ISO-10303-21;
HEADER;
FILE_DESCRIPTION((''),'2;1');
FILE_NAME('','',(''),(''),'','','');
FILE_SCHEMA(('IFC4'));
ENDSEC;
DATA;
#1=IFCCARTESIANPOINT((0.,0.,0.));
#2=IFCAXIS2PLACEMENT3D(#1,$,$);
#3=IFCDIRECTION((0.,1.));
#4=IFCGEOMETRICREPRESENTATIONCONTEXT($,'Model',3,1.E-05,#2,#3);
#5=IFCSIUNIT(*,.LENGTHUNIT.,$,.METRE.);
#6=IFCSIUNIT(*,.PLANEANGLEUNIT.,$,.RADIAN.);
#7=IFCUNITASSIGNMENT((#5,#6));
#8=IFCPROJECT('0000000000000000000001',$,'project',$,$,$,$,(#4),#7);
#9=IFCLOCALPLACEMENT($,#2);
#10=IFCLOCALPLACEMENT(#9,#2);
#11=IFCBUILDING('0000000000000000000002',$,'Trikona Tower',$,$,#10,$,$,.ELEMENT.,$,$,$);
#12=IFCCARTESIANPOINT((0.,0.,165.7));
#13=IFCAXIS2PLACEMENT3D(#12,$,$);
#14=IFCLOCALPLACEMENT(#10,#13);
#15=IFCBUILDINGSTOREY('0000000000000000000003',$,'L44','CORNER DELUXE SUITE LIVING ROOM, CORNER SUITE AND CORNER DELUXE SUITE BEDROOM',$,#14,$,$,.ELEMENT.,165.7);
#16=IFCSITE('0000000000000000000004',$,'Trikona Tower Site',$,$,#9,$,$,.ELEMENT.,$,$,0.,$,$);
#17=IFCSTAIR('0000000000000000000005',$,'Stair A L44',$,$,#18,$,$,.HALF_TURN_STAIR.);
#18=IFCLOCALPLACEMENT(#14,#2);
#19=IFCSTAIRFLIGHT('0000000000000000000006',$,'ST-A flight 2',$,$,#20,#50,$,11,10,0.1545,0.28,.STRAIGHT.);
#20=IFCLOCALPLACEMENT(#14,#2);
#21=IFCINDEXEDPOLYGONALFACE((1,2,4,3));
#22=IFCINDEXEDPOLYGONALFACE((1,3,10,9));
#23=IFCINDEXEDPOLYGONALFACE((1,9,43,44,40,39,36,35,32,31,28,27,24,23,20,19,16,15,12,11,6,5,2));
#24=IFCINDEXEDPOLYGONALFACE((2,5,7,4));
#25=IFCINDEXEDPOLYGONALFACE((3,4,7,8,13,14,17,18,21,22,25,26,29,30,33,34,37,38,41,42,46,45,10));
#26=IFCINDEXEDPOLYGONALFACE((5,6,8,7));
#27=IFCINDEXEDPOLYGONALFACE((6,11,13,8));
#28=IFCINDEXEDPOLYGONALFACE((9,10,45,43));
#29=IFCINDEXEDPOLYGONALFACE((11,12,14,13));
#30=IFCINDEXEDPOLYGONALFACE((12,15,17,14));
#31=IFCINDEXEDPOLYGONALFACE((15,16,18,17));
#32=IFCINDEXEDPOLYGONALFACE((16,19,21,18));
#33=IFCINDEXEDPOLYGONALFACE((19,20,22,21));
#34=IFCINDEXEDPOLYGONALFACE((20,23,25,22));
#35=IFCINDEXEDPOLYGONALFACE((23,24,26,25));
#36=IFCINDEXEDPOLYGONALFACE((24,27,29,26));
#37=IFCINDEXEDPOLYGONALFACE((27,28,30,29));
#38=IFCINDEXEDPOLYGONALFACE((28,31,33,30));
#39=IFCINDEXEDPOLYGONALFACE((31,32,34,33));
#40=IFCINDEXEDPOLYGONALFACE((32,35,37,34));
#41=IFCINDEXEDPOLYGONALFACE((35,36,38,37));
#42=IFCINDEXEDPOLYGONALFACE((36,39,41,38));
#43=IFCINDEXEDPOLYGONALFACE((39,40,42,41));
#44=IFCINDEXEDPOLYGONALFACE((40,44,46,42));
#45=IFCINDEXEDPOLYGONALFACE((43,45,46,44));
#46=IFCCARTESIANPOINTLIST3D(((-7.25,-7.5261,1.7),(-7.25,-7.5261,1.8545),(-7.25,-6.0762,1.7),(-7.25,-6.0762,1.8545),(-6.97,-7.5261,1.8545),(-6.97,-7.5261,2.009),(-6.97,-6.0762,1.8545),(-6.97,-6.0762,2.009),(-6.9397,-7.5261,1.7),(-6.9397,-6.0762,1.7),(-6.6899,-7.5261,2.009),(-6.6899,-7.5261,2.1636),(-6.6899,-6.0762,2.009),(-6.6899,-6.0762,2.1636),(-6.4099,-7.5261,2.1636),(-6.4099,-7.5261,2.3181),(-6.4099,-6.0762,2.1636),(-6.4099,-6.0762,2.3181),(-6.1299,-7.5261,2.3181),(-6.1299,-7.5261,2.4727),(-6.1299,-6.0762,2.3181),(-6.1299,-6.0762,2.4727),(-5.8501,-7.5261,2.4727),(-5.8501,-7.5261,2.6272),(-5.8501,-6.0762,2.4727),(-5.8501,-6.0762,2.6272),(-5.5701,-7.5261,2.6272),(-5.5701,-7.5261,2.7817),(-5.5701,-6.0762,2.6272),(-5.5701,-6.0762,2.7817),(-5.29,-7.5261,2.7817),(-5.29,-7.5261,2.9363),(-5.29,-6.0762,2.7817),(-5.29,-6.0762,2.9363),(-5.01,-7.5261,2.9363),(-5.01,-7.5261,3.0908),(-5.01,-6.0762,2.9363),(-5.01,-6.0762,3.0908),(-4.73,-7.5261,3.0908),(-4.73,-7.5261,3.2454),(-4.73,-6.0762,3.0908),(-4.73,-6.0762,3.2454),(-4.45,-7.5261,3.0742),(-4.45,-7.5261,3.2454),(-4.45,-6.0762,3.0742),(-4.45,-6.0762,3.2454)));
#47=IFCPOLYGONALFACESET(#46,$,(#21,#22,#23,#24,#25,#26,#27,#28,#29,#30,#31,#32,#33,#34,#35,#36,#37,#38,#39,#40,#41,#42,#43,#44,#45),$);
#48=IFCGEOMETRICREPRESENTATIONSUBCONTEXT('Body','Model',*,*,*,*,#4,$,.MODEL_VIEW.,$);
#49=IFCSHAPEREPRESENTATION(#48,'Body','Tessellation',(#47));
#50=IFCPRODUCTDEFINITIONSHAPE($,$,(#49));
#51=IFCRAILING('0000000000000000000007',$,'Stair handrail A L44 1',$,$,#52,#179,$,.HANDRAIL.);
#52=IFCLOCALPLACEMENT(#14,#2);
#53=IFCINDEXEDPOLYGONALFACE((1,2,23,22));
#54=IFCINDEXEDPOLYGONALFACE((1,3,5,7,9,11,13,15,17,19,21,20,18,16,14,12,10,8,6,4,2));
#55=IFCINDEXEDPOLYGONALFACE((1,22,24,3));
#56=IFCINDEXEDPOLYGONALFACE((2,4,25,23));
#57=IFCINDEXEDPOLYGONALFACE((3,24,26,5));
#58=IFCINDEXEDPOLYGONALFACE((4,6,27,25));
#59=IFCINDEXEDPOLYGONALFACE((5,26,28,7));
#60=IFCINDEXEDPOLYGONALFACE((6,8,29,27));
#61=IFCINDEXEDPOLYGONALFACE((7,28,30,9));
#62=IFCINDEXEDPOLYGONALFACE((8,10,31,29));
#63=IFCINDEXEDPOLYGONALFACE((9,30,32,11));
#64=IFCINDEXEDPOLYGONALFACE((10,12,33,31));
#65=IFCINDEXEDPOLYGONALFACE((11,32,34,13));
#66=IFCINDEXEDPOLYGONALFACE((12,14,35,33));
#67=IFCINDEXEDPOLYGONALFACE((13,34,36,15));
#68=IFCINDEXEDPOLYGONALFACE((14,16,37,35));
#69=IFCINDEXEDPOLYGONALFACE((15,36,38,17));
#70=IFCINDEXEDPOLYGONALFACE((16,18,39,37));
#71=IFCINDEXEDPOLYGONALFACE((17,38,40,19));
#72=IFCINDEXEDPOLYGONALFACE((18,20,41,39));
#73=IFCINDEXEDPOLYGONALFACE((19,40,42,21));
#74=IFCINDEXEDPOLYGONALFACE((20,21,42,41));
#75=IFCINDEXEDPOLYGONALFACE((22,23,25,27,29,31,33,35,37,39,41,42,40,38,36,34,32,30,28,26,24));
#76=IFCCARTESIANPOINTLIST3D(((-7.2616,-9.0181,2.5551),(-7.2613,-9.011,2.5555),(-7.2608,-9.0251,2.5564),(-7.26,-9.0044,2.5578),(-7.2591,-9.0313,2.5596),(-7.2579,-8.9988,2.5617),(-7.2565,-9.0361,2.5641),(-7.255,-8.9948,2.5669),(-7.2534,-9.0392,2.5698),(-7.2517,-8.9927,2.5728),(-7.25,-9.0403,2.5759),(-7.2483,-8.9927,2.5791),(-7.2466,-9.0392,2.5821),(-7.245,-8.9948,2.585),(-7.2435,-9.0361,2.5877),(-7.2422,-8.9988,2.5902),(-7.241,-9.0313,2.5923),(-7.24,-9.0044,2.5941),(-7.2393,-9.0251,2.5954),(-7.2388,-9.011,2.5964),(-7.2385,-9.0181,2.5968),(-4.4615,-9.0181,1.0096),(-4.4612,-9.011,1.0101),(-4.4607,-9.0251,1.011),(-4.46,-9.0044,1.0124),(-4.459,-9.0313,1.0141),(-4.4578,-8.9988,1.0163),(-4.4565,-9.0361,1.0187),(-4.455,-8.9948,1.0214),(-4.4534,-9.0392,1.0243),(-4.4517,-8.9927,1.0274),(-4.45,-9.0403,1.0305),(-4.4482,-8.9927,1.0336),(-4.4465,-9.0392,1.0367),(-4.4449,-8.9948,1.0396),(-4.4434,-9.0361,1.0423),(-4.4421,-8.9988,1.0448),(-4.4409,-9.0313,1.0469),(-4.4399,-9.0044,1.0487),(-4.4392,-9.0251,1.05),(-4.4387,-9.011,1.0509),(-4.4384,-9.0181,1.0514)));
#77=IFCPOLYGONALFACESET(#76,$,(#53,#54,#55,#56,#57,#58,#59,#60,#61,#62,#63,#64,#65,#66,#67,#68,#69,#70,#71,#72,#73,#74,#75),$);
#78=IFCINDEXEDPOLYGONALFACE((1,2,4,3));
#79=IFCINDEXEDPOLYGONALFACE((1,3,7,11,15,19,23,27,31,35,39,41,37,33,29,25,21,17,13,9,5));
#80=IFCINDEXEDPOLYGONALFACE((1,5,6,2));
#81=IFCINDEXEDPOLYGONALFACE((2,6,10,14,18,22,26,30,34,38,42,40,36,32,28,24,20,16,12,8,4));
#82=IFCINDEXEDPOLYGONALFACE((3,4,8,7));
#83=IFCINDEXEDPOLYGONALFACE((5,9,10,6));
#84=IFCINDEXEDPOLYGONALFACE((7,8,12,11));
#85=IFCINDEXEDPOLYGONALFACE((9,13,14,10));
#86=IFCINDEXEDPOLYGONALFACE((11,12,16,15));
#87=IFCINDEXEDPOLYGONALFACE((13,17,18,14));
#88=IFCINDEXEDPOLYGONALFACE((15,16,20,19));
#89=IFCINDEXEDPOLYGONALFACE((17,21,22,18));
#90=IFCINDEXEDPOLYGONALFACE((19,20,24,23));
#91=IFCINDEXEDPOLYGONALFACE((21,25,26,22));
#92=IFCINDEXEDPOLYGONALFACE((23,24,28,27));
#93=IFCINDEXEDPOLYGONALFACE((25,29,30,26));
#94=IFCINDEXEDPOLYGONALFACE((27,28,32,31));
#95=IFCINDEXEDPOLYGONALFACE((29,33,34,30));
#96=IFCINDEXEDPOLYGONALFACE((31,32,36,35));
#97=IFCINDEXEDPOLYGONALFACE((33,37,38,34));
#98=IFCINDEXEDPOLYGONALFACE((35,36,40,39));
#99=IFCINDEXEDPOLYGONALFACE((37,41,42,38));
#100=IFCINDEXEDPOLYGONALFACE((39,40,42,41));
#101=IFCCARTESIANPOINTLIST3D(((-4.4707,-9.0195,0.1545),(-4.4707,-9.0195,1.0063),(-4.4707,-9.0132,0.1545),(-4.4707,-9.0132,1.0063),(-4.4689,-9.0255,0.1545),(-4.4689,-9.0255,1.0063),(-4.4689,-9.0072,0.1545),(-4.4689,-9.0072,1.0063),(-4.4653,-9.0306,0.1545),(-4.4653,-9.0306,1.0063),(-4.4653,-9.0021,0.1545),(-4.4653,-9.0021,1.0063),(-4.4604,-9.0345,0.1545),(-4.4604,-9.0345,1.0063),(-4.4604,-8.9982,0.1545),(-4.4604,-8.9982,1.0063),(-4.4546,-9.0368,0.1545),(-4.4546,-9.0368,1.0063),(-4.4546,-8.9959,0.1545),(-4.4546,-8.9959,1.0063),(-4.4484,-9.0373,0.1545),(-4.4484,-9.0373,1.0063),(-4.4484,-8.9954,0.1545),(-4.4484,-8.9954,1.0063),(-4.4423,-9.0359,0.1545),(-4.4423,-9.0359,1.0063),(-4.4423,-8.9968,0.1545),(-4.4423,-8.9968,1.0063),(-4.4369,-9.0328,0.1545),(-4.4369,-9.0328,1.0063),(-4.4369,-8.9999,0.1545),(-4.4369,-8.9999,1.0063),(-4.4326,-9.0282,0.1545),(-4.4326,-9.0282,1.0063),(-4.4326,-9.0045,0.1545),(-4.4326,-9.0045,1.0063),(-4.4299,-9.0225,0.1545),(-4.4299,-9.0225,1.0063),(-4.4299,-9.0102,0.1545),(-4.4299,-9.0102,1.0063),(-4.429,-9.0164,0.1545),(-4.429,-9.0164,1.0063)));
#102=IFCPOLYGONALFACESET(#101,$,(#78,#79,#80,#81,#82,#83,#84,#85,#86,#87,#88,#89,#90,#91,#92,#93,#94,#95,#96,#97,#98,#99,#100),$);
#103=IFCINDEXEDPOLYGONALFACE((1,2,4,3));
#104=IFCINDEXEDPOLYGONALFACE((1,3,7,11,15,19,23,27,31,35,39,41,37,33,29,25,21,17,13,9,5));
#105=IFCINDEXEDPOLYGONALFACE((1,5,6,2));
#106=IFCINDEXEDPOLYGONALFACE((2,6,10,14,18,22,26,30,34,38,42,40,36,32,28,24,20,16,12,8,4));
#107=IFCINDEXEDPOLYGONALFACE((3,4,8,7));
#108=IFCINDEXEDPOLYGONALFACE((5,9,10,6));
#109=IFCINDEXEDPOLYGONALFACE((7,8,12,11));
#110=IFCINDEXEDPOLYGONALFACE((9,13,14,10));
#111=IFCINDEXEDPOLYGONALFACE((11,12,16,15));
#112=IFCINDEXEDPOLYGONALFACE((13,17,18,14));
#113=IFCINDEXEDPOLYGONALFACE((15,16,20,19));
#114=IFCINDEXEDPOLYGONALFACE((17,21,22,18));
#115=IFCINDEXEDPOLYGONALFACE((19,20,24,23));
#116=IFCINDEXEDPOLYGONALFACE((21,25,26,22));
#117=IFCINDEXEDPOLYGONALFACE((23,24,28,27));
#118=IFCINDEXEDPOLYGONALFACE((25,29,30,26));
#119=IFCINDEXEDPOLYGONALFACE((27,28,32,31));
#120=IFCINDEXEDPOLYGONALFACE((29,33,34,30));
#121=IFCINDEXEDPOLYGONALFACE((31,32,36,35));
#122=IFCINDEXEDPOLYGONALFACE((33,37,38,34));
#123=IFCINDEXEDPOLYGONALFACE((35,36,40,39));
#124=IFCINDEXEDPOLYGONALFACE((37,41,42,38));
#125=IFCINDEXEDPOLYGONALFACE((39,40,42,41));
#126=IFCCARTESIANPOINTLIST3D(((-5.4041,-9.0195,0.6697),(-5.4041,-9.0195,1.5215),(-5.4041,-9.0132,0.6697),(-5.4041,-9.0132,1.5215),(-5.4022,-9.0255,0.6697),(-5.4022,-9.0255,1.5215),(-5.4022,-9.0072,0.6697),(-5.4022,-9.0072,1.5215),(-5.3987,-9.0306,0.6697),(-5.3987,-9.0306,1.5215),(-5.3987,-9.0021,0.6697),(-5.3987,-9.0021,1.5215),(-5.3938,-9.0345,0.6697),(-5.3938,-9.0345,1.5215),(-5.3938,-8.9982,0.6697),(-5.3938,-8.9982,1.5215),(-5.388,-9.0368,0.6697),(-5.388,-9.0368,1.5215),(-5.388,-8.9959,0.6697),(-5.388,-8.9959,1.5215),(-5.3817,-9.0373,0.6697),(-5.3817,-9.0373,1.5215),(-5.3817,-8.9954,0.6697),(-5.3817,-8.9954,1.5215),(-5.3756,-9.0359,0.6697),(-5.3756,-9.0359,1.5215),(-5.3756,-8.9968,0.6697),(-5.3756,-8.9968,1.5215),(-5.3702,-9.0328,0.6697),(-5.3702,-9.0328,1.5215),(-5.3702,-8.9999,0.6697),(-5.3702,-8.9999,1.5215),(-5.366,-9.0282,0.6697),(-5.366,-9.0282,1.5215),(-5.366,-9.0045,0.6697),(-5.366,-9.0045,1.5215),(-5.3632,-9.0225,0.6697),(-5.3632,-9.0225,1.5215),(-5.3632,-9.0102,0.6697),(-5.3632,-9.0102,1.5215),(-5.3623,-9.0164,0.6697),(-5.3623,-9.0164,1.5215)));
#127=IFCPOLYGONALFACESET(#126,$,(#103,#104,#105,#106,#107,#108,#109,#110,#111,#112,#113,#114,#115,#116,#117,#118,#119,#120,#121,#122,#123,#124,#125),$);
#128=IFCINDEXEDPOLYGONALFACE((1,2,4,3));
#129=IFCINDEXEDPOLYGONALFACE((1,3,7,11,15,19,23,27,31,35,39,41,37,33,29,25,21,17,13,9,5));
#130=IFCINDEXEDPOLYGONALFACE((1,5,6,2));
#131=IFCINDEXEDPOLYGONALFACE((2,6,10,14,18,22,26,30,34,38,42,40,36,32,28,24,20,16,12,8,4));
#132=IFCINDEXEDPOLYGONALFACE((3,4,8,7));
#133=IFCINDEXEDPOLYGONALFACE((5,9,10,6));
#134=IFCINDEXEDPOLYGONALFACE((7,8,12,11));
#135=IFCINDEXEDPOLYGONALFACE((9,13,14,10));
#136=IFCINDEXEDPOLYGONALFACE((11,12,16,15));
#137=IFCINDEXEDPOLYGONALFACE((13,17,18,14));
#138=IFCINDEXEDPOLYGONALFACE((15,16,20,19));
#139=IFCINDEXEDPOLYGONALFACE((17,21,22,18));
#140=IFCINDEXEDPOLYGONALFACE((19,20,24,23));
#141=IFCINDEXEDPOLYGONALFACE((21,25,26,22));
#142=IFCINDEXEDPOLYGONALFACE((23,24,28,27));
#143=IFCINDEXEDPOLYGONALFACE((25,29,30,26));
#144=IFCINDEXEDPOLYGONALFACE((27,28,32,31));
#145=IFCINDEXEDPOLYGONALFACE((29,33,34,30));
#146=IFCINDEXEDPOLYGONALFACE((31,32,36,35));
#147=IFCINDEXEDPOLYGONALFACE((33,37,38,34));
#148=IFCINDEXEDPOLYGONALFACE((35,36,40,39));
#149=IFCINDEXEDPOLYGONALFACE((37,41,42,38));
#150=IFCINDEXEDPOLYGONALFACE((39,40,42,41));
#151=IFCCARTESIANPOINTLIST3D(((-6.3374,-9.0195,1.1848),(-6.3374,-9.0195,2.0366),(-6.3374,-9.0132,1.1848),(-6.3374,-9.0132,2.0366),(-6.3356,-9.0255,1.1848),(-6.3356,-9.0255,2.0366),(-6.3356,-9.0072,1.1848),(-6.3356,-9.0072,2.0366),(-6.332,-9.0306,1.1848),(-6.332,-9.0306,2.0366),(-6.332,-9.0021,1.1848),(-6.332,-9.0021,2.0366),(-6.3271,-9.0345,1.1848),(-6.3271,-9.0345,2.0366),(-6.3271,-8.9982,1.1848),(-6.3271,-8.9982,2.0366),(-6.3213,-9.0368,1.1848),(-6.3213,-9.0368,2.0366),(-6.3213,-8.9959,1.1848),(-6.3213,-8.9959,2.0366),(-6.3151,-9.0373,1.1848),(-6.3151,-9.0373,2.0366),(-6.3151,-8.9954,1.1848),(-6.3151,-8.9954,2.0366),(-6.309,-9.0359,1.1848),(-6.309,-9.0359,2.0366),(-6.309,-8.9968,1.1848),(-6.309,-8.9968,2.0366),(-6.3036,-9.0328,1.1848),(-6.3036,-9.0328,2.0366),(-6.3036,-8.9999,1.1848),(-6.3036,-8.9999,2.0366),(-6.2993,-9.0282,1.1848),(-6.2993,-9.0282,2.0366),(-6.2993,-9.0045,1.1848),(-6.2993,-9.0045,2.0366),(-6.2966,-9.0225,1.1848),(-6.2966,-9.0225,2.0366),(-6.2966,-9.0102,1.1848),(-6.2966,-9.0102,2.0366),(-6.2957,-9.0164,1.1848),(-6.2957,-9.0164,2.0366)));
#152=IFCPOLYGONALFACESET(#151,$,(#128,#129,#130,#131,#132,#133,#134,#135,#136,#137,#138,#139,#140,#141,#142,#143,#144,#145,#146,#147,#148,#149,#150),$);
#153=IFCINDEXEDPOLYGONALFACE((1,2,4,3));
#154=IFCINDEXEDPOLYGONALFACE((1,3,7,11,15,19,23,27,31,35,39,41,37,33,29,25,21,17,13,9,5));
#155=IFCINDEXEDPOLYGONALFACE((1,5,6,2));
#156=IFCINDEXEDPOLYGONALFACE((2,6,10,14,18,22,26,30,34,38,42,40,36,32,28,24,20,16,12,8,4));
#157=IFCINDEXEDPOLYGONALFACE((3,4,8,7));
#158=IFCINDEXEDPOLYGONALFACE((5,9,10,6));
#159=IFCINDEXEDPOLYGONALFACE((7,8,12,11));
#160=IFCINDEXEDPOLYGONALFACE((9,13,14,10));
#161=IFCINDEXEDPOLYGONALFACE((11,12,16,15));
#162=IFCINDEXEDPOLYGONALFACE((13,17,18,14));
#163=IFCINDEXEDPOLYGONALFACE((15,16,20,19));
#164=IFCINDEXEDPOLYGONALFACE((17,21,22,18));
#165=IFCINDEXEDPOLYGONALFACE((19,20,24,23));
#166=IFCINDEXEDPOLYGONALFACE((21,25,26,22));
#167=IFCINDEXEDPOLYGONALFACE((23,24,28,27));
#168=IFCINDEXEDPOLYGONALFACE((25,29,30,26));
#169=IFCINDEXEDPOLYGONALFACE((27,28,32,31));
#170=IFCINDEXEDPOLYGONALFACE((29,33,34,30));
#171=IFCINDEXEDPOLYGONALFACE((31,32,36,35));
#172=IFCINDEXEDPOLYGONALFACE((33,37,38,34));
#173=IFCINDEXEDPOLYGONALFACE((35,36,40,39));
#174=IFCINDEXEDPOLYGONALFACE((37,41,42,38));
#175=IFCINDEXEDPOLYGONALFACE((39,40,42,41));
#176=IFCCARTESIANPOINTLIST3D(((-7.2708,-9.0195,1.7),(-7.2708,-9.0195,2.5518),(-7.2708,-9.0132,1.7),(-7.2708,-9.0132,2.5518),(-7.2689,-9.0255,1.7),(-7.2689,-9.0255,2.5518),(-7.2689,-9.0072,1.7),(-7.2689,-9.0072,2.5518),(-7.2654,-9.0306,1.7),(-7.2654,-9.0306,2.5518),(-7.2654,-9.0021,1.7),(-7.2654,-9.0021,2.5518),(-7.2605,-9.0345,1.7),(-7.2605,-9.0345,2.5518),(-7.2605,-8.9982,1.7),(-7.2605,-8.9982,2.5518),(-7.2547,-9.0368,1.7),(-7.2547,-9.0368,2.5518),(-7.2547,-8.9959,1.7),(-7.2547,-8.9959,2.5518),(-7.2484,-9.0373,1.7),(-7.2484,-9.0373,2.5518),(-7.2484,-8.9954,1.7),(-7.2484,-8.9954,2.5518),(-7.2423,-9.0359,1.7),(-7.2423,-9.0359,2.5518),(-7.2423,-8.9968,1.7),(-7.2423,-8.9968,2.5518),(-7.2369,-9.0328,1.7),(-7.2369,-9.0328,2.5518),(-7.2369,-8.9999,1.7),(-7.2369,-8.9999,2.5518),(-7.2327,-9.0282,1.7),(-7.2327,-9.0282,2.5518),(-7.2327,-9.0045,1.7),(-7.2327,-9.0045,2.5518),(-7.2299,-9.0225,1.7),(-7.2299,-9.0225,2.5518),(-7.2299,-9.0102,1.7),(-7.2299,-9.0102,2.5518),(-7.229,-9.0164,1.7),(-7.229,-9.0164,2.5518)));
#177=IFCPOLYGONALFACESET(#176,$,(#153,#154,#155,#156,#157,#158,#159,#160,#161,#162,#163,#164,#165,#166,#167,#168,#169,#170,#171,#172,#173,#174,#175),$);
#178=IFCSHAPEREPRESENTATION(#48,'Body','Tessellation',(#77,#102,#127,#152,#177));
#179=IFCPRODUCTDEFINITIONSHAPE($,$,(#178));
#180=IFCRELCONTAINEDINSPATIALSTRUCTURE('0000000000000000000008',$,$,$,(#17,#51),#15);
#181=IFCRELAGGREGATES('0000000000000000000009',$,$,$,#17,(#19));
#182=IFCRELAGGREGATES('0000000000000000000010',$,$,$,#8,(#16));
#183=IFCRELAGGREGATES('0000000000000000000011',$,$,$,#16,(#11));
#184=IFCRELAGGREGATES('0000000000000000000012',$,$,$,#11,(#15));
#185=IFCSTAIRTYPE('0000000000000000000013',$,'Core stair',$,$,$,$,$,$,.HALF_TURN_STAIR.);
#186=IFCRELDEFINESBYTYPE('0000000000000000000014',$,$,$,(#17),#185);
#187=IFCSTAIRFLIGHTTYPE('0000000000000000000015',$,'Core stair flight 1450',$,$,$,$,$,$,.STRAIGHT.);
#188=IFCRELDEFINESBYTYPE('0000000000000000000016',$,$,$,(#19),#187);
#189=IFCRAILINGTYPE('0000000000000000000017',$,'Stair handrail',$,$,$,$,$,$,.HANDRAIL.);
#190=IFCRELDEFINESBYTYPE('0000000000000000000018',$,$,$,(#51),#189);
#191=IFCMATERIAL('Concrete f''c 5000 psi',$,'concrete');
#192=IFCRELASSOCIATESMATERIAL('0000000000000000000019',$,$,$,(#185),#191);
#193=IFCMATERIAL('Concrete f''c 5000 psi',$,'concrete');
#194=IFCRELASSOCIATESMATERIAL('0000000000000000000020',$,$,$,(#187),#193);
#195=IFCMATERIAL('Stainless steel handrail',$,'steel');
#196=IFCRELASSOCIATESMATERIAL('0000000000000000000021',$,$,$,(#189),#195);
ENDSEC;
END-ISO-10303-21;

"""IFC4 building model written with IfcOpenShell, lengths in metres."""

from ifc_helpers import new_model, si_unit, direction, frame, origin, origin_2d, place, context, subcontext, project, spatial, polyline, circle, outline, extrude, material, type_object, element, aggregate, save


model = new_model("IFC4")

# Units and contexts
model_context = context("Model", 3, precision=1e-05, world=origin(), true_north=direction((0.0, 1.0)))
body_context = subcontext(model_context, "Body", "Model", "MODEL_VIEW")
ifc_project = project(units=[si_unit("LENGTHUNIT", "METRE"), si_unit("PLANEANGLEUNIT", "RADIAN")], contexts=[model_context])

# Site, building, storey
site_placement = place(None, origin())
site = spatial("IfcSite", under=ifc_project, at=site_placement, Name="Trikona Tower Site", CompositionType="ELEMENT", RefElevation=0.0)
building_placement = place(site_placement, origin())
building = spatial("IfcBuilding", under=site, at=building_placement, Name="Trikona Tower", CompositionType="ELEMENT")
storey_placement = place(building_placement, frame((0.0, 0.0, 165.7)))
storey = spatial("IfcBuildingStorey", under=building, at=storey_placement, Name="L44", Description="CORNER DELUXE SUITE LIVING ROOM, CORNER SUITE AND CORNER DELUXE SUITE BEDROOM", CompositionType="ELEMENT", Elevation=165.7)

# Stair, stair flight
ifc_material_1 = material(Name="Concrete f'c 5000 psi", Category="concrete")
stair_type = type_object("IfcStairType", Name="Core stair", PredefinedType="HALF_TURN_STAIR", material=ifc_material_1)
stair_placement = place(storey_placement, origin())
stair = element("IfcStair", 1, at=stair_placement, inside=storey, type_object=stair_type, Name="Stair A L44", PredefinedType="HALF_TURN_STAIR")
ifc_material_2 = material(Name="Concrete f'c 5000 psi", Category="concrete")
stair_flight_type = type_object("IfcStairFlightType", Name="Core stair flight 1450", PredefinedType="STRAIGHT", material=ifc_material_2)
stair_flight_1_placement = place(storey_placement, frame((-7.25, -6.8013, 1.7), z_axis=(0.0, 0.0, 1.0), x_axis=(1.0, 0.0, 0.0)))
stair_flight_1 = element("IfcStairFlight", 2, at=stair_flight_1_placement, type_object=stair_flight_type, Name="ST-A flight 2", NumberOfRisers=11, NumberOfTreads=10, PredefinedType="STRAIGHT", RiserHeight=0.1545, TreadLength=0.28, context=body_context, shape_type="SweptSolid", body=[
    extrude(outline(polyline([(0.0, 0.0), (0.0, 0.1545), (0.28, 0.1545), (0.28, 0.3091), (0.5601, 0.3091), (0.5601, 0.4636), (0.8401, 0.4636), (0.8401, 0.6182), (1.1201, 0.6182), (1.1201, 0.7727), (1.3999, 0.7727), (1.3999, 0.9272), (1.6799, 0.9272), (1.6799, 1.0818), (1.96, 1.0818), (1.96, 1.2363), (2.24, 1.2363), (2.24, 1.3909), (2.52, 1.3909), (2.52, 1.5454), (2.8, 1.5454), (2.8, 1.7), (2.8, 1.3743), (0.3103, 0.0), (0.0, 0.0)])), frame((0.0, 0.7251, 0.0), z_axis=(0.0, -1.0, 0.0), x_axis=(1.0, 0.0, 0.0)), (0.0, 0.0, 1.0), 1.45),
])
aggregate(stair, [stair_flight_1])

# Railing
ifc_material_3 = material(Name="Stainless steel handrail", Category="steel")
railing_type = type_object("IfcRailingType", Name="Stair handrail", PredefinedType="HANDRAIL", material=ifc_material_3)
railing_1_placement = place(storey_placement, frame((-4.45, -9.0164, 0.1545)))
element("IfcRailing", 3, at=railing_1_placement, inside=storey, type_object=railing_type, Name="Stair handrail A L44 1", PredefinedType="HANDRAIL", context=body_context, shape_type="SweptSolid", body=[
    extrude(circle(Radius=0.0239, at=origin_2d()), frame((0.0, 0.0, 0.876), z_axis=(-0.875504, 0.0, 0.483211), x_axis=(0.0, -1.0, 0.0)), (0.0, 0.0, 1.0), 3.1982),
    extrude(circle(Radius=0.021, at=origin_2d()), origin(), (0.0, 0.0, 1.0), 0.8518),
    extrude(circle(Radius=0.021, at=origin_2d()), frame((-0.9333, 0.0, 0.5151)), (0.0, 0.0, 1.0), 0.8518),
    extrude(circle(Radius=0.021, at=origin_2d()), frame((-1.8667, 0.0, 1.0303)), (0.0, 0.0, 1.0), 0.8518),
    extrude(circle(Radius=0.021, at=origin_2d()), frame((-2.8, 0.0, 1.5454)), (0.0, 0.0, 1.0), 0.8518),
])

save(model, "model.ifc")
